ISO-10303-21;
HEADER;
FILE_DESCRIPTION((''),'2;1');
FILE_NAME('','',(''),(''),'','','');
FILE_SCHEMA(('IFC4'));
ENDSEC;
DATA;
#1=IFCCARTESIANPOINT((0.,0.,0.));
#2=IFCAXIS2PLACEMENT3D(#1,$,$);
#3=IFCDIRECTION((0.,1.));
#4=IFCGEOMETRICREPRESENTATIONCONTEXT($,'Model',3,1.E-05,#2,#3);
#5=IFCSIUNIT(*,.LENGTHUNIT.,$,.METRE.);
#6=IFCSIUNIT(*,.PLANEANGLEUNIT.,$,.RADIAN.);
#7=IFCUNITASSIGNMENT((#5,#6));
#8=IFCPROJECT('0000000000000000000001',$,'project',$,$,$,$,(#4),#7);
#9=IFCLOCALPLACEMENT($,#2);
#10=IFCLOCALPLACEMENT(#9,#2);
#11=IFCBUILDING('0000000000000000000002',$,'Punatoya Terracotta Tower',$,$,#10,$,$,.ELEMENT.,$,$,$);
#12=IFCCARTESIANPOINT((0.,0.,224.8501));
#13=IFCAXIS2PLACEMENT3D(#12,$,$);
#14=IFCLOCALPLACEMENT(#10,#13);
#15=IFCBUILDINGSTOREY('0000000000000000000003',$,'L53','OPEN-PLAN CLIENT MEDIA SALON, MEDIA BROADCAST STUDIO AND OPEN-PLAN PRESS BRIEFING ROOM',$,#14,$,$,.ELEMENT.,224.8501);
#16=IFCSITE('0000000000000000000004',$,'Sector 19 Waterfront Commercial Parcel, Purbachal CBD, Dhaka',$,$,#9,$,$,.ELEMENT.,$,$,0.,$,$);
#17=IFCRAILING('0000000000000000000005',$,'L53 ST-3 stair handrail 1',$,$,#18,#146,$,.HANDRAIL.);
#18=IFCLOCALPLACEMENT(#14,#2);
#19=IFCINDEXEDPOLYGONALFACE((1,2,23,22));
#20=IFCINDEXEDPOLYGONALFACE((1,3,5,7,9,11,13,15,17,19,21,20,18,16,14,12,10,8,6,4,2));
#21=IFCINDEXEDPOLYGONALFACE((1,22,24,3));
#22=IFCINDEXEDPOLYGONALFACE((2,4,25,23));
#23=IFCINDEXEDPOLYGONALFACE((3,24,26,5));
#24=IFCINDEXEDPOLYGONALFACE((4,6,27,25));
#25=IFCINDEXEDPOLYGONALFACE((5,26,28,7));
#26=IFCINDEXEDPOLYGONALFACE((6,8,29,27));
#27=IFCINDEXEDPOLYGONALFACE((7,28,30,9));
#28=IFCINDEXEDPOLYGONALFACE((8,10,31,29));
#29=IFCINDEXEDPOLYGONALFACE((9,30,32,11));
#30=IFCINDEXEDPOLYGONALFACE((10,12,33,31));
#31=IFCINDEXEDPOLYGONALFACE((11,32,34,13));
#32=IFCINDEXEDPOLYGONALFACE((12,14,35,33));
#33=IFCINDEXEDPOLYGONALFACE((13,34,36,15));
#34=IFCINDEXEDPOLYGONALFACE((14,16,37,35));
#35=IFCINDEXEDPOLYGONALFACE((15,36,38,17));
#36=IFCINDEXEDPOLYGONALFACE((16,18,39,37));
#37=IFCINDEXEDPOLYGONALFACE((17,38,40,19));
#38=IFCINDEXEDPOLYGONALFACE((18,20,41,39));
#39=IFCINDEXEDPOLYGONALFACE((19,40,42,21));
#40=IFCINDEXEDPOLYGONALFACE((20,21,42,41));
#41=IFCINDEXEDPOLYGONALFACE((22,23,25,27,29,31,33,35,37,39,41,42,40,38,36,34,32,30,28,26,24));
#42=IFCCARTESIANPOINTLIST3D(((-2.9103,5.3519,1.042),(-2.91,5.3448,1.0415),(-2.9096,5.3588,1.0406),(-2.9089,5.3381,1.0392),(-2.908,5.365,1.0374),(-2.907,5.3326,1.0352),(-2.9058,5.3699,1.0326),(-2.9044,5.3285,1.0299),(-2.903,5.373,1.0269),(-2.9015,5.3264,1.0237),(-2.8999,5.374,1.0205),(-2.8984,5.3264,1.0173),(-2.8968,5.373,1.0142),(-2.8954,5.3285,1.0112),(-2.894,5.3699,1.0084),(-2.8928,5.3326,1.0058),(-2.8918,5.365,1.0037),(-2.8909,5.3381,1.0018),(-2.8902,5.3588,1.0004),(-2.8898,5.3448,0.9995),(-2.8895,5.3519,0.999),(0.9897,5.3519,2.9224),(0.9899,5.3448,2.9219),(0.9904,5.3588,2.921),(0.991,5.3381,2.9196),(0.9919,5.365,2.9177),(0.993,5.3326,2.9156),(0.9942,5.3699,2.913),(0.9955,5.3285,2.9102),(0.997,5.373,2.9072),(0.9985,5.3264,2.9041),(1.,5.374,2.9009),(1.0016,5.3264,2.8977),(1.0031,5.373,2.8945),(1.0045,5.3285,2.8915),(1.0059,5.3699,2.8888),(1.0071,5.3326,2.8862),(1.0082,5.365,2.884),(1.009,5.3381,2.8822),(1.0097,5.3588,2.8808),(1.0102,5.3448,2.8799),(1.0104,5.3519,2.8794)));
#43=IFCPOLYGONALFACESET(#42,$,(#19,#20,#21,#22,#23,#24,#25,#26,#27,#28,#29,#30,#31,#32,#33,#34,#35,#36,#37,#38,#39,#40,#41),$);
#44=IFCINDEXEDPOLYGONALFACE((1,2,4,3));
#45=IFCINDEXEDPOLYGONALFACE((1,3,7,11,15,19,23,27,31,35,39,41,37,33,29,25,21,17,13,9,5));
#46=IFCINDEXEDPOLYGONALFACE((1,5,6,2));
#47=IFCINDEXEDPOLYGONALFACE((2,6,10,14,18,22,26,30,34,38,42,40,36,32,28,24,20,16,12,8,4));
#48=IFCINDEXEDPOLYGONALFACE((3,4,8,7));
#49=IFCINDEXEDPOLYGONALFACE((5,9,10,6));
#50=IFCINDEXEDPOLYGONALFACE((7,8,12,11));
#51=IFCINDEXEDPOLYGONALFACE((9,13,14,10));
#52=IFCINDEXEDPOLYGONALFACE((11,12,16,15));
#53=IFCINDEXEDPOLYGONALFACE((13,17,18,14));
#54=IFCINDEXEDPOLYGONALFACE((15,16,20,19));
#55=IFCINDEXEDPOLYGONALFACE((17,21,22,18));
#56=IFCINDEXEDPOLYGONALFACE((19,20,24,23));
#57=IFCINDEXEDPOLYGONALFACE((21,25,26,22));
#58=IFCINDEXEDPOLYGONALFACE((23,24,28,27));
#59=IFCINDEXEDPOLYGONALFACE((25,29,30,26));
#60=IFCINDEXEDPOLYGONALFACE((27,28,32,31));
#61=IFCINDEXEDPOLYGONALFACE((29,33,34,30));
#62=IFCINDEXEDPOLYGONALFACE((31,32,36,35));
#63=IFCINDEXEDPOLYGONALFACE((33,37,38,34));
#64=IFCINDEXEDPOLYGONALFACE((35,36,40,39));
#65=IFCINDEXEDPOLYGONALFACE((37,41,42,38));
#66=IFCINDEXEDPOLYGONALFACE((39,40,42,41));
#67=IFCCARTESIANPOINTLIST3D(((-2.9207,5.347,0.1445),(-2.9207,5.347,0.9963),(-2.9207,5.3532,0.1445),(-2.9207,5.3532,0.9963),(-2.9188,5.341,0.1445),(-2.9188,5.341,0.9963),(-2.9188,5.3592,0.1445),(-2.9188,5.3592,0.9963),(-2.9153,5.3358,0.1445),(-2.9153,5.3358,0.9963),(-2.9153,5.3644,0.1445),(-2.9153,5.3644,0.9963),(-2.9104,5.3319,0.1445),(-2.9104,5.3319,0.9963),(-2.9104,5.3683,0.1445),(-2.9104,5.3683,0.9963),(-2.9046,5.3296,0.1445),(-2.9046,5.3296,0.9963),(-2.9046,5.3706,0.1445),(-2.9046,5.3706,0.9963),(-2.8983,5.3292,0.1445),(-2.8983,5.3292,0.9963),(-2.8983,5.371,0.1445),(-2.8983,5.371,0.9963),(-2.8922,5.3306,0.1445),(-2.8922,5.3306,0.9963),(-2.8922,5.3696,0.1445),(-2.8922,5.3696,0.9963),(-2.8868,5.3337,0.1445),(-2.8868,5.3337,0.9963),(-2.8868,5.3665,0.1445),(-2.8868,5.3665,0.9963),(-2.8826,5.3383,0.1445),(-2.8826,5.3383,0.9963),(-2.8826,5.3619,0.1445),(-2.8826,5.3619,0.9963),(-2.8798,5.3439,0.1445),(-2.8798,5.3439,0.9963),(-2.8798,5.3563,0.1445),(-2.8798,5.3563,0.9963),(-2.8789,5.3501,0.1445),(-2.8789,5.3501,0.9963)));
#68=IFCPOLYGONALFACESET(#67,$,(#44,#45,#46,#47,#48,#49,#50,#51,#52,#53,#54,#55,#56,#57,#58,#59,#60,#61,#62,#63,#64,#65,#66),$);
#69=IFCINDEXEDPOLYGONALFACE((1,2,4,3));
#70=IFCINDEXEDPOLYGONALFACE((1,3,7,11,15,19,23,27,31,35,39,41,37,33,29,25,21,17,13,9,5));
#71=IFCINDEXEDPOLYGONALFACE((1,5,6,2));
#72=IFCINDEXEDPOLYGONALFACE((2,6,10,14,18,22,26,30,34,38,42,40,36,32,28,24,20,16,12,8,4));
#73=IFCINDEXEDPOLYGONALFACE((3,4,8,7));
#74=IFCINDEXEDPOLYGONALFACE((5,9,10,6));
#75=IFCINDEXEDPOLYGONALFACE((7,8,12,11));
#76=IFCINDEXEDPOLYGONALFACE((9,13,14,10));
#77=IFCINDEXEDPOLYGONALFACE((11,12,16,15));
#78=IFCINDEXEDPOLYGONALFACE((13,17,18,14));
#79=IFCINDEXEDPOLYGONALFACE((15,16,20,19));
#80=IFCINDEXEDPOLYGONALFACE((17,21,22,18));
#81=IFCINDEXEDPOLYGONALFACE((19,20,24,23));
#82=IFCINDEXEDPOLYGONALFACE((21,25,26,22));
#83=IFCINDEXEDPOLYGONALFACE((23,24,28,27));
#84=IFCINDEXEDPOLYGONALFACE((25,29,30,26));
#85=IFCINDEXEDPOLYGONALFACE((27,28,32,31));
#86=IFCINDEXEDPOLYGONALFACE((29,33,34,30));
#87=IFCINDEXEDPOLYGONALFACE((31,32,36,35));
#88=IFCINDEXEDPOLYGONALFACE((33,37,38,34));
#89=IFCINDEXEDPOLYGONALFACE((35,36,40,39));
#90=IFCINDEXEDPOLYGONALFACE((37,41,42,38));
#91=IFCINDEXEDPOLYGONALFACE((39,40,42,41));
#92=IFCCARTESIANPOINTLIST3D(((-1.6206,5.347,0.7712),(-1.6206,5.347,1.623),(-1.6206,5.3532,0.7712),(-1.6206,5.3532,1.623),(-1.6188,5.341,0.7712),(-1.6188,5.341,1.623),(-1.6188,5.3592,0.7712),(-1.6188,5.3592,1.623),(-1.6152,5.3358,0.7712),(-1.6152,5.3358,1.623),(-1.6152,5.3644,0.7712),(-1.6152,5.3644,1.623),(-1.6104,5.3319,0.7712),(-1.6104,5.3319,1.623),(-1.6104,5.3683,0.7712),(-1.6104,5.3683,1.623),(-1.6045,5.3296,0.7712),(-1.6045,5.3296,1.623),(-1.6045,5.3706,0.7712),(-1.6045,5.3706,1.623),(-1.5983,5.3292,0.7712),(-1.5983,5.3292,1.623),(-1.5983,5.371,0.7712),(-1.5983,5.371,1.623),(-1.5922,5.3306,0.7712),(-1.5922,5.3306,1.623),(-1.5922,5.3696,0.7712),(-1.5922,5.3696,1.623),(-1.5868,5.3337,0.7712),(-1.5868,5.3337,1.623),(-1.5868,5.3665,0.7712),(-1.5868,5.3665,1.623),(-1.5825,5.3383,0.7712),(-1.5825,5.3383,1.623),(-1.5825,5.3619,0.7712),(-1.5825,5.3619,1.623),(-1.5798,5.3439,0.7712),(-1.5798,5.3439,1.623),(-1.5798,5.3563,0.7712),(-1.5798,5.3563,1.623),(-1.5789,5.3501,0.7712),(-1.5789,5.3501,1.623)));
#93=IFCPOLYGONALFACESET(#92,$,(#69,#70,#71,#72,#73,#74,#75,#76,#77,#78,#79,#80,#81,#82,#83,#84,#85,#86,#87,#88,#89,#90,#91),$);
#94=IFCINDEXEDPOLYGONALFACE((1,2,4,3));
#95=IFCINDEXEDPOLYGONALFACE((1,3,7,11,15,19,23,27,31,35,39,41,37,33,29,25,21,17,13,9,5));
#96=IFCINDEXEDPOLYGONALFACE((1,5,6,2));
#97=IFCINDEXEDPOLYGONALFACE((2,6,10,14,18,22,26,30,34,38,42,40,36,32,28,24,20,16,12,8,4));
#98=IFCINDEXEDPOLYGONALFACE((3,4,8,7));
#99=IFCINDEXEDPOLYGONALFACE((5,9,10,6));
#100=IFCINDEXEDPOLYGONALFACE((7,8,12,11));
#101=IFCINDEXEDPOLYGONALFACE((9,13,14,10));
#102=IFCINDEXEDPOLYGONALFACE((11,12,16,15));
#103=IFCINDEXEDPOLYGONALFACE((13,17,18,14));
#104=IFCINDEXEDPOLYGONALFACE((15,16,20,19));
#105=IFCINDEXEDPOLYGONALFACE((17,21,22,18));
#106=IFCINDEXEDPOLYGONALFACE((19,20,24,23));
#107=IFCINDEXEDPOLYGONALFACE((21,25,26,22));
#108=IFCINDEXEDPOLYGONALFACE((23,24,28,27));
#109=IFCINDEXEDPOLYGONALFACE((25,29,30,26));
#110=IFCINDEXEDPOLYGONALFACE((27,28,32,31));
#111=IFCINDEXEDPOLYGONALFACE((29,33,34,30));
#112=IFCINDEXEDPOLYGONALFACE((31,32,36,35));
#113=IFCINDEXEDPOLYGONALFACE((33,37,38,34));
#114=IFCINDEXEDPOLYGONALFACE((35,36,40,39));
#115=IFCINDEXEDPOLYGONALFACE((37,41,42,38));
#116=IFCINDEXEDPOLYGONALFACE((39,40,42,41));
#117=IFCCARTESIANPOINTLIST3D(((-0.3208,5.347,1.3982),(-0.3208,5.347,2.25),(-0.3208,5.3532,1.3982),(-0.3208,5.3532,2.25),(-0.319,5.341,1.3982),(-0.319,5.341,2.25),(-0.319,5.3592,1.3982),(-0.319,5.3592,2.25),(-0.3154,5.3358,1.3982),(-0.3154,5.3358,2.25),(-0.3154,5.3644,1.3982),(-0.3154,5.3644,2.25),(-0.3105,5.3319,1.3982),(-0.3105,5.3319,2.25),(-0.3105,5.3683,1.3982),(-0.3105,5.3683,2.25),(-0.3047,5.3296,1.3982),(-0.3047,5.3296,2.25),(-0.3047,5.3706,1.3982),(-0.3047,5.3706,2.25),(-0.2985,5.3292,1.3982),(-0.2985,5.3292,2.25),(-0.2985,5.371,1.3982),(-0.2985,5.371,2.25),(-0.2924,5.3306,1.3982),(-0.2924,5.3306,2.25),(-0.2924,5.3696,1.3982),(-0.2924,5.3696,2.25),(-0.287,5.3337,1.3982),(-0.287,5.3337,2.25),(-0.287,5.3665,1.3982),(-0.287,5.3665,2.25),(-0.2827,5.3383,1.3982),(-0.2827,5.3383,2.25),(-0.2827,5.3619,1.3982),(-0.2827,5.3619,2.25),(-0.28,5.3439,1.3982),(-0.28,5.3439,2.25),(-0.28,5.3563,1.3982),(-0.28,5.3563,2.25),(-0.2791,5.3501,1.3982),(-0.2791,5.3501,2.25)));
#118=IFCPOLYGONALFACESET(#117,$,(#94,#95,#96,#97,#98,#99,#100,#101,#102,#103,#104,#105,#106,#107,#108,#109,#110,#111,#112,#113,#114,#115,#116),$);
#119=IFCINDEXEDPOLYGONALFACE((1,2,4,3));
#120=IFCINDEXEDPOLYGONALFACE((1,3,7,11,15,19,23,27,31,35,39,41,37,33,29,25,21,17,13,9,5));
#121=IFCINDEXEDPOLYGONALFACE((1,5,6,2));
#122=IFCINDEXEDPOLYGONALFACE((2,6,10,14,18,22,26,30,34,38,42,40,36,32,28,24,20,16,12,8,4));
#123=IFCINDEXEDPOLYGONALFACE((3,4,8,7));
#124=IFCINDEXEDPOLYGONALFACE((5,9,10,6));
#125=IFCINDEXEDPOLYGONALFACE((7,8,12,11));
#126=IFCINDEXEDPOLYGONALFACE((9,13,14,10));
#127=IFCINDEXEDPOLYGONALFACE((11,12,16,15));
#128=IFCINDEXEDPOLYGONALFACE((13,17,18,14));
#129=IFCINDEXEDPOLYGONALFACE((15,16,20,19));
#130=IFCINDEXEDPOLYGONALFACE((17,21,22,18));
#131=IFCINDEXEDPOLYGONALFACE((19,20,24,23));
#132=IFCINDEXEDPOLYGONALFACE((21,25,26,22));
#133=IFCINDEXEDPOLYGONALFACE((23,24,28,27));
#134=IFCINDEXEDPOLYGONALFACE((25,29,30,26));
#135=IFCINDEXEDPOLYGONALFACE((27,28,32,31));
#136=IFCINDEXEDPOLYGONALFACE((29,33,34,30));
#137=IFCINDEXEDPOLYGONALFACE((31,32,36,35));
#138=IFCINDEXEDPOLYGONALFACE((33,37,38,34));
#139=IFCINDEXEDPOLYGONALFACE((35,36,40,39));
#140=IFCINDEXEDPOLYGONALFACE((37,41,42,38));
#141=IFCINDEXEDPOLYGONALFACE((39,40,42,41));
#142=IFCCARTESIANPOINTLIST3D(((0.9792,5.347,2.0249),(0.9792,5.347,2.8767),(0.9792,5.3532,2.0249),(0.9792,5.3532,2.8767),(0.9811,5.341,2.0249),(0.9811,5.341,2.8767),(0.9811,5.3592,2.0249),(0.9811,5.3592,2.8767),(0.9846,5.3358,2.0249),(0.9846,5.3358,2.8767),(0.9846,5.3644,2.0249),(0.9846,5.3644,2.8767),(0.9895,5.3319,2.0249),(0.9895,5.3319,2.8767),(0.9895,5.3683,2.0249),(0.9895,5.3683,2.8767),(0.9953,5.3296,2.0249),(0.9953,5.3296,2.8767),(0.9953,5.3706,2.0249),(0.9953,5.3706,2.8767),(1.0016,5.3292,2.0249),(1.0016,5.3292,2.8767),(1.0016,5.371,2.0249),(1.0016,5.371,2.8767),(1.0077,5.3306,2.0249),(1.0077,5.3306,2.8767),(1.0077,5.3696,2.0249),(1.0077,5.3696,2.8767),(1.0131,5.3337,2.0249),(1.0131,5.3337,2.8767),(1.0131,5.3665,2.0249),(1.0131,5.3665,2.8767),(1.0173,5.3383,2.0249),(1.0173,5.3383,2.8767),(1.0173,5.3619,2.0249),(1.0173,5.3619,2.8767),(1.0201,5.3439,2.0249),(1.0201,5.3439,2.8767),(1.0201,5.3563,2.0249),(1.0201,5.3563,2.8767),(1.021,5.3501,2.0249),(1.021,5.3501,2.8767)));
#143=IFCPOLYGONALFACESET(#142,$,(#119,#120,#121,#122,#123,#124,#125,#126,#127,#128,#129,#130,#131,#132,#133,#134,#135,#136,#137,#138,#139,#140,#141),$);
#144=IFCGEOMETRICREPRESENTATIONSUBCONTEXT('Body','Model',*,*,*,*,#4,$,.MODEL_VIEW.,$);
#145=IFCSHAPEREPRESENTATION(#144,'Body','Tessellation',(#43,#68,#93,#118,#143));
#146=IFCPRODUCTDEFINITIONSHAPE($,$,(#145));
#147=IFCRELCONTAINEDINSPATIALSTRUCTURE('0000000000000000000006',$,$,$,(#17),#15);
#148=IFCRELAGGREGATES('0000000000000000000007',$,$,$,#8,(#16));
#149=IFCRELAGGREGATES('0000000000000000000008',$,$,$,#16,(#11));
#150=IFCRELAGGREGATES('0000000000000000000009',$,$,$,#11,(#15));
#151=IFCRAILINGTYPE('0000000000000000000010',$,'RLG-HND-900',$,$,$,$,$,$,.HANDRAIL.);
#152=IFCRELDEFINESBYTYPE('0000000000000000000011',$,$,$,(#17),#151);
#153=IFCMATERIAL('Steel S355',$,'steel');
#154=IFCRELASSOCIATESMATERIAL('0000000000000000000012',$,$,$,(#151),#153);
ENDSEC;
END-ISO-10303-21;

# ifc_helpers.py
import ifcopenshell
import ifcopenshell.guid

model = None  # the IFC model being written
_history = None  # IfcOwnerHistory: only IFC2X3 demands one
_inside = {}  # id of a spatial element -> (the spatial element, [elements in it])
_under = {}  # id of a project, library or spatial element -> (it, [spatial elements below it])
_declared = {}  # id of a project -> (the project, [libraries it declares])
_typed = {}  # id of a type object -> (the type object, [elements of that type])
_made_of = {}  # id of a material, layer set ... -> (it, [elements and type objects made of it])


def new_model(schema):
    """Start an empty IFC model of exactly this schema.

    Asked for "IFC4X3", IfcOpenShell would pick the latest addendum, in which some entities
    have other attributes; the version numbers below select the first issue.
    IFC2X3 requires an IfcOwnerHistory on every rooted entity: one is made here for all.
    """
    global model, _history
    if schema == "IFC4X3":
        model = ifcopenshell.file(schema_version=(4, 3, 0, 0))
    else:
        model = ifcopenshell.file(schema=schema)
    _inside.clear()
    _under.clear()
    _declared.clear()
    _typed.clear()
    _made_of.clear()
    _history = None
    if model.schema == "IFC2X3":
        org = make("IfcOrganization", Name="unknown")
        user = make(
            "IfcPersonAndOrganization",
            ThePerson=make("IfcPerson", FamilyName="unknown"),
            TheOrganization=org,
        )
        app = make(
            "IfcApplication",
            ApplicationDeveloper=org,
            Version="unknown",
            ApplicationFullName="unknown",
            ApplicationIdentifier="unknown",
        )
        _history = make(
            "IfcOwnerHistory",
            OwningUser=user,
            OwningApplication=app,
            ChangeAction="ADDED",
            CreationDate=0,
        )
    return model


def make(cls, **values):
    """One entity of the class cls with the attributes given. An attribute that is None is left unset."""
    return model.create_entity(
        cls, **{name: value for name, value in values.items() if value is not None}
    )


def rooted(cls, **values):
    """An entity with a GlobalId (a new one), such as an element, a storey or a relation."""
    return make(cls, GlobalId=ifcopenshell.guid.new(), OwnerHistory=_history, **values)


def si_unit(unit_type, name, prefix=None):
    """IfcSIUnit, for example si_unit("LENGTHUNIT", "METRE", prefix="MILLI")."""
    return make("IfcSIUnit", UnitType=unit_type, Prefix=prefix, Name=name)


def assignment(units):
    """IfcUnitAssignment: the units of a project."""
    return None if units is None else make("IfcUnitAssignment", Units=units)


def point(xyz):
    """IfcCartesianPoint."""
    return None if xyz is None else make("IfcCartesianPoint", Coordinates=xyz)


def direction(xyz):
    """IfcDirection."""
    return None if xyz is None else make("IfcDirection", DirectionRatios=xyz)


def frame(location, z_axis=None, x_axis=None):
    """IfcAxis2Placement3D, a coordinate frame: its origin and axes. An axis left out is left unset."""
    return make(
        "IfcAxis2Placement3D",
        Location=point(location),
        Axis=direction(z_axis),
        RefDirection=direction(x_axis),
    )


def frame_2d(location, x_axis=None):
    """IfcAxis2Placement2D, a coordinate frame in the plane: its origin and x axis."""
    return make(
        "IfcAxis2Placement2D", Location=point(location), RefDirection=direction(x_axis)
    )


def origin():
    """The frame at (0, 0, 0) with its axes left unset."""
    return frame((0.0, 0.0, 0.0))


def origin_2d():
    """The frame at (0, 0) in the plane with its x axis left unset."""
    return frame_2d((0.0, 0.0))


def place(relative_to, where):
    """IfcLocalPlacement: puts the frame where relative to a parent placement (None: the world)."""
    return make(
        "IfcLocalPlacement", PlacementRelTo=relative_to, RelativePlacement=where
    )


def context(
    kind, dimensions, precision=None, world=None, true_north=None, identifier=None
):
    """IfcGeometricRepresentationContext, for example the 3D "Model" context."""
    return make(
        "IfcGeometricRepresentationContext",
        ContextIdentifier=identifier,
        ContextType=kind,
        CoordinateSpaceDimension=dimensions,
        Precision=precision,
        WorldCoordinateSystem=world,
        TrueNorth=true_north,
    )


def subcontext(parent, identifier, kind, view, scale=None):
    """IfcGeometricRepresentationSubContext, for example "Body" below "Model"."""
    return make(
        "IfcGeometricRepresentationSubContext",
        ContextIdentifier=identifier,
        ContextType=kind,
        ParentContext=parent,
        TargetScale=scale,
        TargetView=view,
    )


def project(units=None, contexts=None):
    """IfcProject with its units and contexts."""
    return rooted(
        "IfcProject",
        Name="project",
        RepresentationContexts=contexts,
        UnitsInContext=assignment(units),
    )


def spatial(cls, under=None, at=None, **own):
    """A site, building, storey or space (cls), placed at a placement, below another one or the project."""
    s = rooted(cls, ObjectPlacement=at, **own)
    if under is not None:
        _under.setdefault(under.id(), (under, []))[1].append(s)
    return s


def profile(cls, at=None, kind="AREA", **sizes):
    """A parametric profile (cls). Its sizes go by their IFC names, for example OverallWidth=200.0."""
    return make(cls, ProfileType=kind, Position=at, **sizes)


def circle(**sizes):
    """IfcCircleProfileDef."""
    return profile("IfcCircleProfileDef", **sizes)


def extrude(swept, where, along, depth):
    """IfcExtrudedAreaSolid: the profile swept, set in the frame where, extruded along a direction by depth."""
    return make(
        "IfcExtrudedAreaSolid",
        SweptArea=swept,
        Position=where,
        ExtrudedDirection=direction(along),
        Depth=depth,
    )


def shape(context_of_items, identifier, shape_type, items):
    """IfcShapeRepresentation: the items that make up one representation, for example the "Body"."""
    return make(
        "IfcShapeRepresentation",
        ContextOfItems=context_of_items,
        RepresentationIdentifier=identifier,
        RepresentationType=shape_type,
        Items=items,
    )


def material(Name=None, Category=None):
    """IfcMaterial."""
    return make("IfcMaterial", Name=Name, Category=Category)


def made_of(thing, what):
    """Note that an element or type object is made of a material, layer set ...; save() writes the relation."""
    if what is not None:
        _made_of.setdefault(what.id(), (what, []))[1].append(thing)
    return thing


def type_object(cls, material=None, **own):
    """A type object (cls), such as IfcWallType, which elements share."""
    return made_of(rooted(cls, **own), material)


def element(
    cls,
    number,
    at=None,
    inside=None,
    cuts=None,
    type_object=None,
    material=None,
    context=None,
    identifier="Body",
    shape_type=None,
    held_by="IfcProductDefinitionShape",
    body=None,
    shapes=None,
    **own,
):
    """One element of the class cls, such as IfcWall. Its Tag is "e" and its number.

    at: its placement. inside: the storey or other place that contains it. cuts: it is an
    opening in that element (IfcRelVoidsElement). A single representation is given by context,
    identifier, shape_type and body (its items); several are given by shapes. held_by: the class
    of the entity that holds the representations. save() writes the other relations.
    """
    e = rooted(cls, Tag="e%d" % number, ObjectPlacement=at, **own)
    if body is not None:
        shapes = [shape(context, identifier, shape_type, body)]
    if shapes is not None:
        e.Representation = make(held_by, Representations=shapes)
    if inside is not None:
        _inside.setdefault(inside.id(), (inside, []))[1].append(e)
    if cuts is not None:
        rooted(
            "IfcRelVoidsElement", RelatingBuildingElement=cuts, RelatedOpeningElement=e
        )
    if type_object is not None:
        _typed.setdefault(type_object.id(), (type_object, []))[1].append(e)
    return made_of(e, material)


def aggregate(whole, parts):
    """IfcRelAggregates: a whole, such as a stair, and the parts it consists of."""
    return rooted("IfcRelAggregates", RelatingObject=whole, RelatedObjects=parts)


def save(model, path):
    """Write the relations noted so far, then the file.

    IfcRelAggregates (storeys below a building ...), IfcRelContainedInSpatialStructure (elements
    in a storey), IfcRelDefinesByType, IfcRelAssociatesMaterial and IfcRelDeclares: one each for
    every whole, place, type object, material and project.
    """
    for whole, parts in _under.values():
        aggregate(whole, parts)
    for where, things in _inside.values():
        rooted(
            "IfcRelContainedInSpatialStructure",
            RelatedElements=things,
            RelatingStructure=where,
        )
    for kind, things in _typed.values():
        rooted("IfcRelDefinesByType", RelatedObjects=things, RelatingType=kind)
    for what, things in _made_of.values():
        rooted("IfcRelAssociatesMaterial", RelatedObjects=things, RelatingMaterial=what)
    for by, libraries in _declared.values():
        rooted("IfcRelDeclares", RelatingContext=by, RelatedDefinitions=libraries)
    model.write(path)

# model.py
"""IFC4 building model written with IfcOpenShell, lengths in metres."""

from ifc_helpers import new_model, si_unit, direction, frame, origin, origin_2d, place, context, subcontext, project, spatial, circle, extrude, material, type_object, element, save


model = new_model("IFC4")

# Units and contexts
model_context = context("Model", 3, precision=1e-05, world=origin(), true_north=direction((0.0, 1.0)))
body_context = subcontext(model_context, "Body", "Model", "MODEL_VIEW")
ifc_project = project(units=[si_unit("LENGTHUNIT", "METRE"), si_unit("PLANEANGLEUNIT", "RADIAN")], contexts=[model_context])

# Site, building, storey
site_placement = place(None, origin())
site = spatial("IfcSite", under=ifc_project, at=site_placement, Name="Sector 19 Waterfront Commercial Parcel, Purbachal CBD, Dhaka", CompositionType="ELEMENT", RefElevation=0.0)
building_placement = place(site_placement, origin())
building = spatial("IfcBuilding", under=site, at=building_placement, Name="Punatoya Terracotta Tower", CompositionType="ELEMENT")
storey_placement = place(building_placement, frame((0.0, 0.0, 224.8501)))
storey = spatial("IfcBuildingStorey", under=building, at=storey_placement, Name="L53", Description="OPEN-PLAN CLIENT MEDIA SALON, MEDIA BROADCAST STUDIO AND OPEN-PLAN PRESS BRIEFING ROOM", CompositionType="ELEMENT", Elevation=224.8501)

# Shared definitions
ifc_material_1 = material(Name="Steel S355", Category="steel")

# Railing
railing_type_1 = type_object("IfcRailingType", Name="RLG-HND-900", PredefinedType="HANDRAIL", material=ifc_material_1)
railing_1_placement = place(storey_placement, frame((-2.8999, 5.3501, 0.1445)))
element("IfcRailing", 1, at=railing_1_placement, inside=storey, type_object=railing_type_1, Name="L53 ST-3 stair handrail 1", PredefinedType="HANDRAIL", context=body_context, shape_type="SweptSolid", body=[
    extrude(circle(Radius=0.0239, at=origin_2d()), frame((0.0, 0.0, 0.876), z_axis=(0.900763, 0.0, 0.434311), x_axis=(0.0, 1.0, 0.0)), (0.0, 0.0, 1.0), 4.3296),
    extrude(circle(Radius=0.021, at=origin_2d()), origin(), (0.0, 0.0, 1.0), 0.8518),
    extrude(circle(Radius=0.021, at=origin_2d()), frame((1.3, 0.0, 0.6267)), (0.0, 0.0, 1.0), 0.8518),
    extrude(circle(Radius=0.021, at=origin_2d()), frame((2.5999, 0.0, 1.2537)), (0.0, 0.0, 1.0), 0.8518),
    extrude(circle(Radius=0.021, at=origin_2d()), frame((3.8999, 0.0, 1.8804)), (0.0, 0.0, 1.0), 0.8518),
])

save(model, "model.ifc")
